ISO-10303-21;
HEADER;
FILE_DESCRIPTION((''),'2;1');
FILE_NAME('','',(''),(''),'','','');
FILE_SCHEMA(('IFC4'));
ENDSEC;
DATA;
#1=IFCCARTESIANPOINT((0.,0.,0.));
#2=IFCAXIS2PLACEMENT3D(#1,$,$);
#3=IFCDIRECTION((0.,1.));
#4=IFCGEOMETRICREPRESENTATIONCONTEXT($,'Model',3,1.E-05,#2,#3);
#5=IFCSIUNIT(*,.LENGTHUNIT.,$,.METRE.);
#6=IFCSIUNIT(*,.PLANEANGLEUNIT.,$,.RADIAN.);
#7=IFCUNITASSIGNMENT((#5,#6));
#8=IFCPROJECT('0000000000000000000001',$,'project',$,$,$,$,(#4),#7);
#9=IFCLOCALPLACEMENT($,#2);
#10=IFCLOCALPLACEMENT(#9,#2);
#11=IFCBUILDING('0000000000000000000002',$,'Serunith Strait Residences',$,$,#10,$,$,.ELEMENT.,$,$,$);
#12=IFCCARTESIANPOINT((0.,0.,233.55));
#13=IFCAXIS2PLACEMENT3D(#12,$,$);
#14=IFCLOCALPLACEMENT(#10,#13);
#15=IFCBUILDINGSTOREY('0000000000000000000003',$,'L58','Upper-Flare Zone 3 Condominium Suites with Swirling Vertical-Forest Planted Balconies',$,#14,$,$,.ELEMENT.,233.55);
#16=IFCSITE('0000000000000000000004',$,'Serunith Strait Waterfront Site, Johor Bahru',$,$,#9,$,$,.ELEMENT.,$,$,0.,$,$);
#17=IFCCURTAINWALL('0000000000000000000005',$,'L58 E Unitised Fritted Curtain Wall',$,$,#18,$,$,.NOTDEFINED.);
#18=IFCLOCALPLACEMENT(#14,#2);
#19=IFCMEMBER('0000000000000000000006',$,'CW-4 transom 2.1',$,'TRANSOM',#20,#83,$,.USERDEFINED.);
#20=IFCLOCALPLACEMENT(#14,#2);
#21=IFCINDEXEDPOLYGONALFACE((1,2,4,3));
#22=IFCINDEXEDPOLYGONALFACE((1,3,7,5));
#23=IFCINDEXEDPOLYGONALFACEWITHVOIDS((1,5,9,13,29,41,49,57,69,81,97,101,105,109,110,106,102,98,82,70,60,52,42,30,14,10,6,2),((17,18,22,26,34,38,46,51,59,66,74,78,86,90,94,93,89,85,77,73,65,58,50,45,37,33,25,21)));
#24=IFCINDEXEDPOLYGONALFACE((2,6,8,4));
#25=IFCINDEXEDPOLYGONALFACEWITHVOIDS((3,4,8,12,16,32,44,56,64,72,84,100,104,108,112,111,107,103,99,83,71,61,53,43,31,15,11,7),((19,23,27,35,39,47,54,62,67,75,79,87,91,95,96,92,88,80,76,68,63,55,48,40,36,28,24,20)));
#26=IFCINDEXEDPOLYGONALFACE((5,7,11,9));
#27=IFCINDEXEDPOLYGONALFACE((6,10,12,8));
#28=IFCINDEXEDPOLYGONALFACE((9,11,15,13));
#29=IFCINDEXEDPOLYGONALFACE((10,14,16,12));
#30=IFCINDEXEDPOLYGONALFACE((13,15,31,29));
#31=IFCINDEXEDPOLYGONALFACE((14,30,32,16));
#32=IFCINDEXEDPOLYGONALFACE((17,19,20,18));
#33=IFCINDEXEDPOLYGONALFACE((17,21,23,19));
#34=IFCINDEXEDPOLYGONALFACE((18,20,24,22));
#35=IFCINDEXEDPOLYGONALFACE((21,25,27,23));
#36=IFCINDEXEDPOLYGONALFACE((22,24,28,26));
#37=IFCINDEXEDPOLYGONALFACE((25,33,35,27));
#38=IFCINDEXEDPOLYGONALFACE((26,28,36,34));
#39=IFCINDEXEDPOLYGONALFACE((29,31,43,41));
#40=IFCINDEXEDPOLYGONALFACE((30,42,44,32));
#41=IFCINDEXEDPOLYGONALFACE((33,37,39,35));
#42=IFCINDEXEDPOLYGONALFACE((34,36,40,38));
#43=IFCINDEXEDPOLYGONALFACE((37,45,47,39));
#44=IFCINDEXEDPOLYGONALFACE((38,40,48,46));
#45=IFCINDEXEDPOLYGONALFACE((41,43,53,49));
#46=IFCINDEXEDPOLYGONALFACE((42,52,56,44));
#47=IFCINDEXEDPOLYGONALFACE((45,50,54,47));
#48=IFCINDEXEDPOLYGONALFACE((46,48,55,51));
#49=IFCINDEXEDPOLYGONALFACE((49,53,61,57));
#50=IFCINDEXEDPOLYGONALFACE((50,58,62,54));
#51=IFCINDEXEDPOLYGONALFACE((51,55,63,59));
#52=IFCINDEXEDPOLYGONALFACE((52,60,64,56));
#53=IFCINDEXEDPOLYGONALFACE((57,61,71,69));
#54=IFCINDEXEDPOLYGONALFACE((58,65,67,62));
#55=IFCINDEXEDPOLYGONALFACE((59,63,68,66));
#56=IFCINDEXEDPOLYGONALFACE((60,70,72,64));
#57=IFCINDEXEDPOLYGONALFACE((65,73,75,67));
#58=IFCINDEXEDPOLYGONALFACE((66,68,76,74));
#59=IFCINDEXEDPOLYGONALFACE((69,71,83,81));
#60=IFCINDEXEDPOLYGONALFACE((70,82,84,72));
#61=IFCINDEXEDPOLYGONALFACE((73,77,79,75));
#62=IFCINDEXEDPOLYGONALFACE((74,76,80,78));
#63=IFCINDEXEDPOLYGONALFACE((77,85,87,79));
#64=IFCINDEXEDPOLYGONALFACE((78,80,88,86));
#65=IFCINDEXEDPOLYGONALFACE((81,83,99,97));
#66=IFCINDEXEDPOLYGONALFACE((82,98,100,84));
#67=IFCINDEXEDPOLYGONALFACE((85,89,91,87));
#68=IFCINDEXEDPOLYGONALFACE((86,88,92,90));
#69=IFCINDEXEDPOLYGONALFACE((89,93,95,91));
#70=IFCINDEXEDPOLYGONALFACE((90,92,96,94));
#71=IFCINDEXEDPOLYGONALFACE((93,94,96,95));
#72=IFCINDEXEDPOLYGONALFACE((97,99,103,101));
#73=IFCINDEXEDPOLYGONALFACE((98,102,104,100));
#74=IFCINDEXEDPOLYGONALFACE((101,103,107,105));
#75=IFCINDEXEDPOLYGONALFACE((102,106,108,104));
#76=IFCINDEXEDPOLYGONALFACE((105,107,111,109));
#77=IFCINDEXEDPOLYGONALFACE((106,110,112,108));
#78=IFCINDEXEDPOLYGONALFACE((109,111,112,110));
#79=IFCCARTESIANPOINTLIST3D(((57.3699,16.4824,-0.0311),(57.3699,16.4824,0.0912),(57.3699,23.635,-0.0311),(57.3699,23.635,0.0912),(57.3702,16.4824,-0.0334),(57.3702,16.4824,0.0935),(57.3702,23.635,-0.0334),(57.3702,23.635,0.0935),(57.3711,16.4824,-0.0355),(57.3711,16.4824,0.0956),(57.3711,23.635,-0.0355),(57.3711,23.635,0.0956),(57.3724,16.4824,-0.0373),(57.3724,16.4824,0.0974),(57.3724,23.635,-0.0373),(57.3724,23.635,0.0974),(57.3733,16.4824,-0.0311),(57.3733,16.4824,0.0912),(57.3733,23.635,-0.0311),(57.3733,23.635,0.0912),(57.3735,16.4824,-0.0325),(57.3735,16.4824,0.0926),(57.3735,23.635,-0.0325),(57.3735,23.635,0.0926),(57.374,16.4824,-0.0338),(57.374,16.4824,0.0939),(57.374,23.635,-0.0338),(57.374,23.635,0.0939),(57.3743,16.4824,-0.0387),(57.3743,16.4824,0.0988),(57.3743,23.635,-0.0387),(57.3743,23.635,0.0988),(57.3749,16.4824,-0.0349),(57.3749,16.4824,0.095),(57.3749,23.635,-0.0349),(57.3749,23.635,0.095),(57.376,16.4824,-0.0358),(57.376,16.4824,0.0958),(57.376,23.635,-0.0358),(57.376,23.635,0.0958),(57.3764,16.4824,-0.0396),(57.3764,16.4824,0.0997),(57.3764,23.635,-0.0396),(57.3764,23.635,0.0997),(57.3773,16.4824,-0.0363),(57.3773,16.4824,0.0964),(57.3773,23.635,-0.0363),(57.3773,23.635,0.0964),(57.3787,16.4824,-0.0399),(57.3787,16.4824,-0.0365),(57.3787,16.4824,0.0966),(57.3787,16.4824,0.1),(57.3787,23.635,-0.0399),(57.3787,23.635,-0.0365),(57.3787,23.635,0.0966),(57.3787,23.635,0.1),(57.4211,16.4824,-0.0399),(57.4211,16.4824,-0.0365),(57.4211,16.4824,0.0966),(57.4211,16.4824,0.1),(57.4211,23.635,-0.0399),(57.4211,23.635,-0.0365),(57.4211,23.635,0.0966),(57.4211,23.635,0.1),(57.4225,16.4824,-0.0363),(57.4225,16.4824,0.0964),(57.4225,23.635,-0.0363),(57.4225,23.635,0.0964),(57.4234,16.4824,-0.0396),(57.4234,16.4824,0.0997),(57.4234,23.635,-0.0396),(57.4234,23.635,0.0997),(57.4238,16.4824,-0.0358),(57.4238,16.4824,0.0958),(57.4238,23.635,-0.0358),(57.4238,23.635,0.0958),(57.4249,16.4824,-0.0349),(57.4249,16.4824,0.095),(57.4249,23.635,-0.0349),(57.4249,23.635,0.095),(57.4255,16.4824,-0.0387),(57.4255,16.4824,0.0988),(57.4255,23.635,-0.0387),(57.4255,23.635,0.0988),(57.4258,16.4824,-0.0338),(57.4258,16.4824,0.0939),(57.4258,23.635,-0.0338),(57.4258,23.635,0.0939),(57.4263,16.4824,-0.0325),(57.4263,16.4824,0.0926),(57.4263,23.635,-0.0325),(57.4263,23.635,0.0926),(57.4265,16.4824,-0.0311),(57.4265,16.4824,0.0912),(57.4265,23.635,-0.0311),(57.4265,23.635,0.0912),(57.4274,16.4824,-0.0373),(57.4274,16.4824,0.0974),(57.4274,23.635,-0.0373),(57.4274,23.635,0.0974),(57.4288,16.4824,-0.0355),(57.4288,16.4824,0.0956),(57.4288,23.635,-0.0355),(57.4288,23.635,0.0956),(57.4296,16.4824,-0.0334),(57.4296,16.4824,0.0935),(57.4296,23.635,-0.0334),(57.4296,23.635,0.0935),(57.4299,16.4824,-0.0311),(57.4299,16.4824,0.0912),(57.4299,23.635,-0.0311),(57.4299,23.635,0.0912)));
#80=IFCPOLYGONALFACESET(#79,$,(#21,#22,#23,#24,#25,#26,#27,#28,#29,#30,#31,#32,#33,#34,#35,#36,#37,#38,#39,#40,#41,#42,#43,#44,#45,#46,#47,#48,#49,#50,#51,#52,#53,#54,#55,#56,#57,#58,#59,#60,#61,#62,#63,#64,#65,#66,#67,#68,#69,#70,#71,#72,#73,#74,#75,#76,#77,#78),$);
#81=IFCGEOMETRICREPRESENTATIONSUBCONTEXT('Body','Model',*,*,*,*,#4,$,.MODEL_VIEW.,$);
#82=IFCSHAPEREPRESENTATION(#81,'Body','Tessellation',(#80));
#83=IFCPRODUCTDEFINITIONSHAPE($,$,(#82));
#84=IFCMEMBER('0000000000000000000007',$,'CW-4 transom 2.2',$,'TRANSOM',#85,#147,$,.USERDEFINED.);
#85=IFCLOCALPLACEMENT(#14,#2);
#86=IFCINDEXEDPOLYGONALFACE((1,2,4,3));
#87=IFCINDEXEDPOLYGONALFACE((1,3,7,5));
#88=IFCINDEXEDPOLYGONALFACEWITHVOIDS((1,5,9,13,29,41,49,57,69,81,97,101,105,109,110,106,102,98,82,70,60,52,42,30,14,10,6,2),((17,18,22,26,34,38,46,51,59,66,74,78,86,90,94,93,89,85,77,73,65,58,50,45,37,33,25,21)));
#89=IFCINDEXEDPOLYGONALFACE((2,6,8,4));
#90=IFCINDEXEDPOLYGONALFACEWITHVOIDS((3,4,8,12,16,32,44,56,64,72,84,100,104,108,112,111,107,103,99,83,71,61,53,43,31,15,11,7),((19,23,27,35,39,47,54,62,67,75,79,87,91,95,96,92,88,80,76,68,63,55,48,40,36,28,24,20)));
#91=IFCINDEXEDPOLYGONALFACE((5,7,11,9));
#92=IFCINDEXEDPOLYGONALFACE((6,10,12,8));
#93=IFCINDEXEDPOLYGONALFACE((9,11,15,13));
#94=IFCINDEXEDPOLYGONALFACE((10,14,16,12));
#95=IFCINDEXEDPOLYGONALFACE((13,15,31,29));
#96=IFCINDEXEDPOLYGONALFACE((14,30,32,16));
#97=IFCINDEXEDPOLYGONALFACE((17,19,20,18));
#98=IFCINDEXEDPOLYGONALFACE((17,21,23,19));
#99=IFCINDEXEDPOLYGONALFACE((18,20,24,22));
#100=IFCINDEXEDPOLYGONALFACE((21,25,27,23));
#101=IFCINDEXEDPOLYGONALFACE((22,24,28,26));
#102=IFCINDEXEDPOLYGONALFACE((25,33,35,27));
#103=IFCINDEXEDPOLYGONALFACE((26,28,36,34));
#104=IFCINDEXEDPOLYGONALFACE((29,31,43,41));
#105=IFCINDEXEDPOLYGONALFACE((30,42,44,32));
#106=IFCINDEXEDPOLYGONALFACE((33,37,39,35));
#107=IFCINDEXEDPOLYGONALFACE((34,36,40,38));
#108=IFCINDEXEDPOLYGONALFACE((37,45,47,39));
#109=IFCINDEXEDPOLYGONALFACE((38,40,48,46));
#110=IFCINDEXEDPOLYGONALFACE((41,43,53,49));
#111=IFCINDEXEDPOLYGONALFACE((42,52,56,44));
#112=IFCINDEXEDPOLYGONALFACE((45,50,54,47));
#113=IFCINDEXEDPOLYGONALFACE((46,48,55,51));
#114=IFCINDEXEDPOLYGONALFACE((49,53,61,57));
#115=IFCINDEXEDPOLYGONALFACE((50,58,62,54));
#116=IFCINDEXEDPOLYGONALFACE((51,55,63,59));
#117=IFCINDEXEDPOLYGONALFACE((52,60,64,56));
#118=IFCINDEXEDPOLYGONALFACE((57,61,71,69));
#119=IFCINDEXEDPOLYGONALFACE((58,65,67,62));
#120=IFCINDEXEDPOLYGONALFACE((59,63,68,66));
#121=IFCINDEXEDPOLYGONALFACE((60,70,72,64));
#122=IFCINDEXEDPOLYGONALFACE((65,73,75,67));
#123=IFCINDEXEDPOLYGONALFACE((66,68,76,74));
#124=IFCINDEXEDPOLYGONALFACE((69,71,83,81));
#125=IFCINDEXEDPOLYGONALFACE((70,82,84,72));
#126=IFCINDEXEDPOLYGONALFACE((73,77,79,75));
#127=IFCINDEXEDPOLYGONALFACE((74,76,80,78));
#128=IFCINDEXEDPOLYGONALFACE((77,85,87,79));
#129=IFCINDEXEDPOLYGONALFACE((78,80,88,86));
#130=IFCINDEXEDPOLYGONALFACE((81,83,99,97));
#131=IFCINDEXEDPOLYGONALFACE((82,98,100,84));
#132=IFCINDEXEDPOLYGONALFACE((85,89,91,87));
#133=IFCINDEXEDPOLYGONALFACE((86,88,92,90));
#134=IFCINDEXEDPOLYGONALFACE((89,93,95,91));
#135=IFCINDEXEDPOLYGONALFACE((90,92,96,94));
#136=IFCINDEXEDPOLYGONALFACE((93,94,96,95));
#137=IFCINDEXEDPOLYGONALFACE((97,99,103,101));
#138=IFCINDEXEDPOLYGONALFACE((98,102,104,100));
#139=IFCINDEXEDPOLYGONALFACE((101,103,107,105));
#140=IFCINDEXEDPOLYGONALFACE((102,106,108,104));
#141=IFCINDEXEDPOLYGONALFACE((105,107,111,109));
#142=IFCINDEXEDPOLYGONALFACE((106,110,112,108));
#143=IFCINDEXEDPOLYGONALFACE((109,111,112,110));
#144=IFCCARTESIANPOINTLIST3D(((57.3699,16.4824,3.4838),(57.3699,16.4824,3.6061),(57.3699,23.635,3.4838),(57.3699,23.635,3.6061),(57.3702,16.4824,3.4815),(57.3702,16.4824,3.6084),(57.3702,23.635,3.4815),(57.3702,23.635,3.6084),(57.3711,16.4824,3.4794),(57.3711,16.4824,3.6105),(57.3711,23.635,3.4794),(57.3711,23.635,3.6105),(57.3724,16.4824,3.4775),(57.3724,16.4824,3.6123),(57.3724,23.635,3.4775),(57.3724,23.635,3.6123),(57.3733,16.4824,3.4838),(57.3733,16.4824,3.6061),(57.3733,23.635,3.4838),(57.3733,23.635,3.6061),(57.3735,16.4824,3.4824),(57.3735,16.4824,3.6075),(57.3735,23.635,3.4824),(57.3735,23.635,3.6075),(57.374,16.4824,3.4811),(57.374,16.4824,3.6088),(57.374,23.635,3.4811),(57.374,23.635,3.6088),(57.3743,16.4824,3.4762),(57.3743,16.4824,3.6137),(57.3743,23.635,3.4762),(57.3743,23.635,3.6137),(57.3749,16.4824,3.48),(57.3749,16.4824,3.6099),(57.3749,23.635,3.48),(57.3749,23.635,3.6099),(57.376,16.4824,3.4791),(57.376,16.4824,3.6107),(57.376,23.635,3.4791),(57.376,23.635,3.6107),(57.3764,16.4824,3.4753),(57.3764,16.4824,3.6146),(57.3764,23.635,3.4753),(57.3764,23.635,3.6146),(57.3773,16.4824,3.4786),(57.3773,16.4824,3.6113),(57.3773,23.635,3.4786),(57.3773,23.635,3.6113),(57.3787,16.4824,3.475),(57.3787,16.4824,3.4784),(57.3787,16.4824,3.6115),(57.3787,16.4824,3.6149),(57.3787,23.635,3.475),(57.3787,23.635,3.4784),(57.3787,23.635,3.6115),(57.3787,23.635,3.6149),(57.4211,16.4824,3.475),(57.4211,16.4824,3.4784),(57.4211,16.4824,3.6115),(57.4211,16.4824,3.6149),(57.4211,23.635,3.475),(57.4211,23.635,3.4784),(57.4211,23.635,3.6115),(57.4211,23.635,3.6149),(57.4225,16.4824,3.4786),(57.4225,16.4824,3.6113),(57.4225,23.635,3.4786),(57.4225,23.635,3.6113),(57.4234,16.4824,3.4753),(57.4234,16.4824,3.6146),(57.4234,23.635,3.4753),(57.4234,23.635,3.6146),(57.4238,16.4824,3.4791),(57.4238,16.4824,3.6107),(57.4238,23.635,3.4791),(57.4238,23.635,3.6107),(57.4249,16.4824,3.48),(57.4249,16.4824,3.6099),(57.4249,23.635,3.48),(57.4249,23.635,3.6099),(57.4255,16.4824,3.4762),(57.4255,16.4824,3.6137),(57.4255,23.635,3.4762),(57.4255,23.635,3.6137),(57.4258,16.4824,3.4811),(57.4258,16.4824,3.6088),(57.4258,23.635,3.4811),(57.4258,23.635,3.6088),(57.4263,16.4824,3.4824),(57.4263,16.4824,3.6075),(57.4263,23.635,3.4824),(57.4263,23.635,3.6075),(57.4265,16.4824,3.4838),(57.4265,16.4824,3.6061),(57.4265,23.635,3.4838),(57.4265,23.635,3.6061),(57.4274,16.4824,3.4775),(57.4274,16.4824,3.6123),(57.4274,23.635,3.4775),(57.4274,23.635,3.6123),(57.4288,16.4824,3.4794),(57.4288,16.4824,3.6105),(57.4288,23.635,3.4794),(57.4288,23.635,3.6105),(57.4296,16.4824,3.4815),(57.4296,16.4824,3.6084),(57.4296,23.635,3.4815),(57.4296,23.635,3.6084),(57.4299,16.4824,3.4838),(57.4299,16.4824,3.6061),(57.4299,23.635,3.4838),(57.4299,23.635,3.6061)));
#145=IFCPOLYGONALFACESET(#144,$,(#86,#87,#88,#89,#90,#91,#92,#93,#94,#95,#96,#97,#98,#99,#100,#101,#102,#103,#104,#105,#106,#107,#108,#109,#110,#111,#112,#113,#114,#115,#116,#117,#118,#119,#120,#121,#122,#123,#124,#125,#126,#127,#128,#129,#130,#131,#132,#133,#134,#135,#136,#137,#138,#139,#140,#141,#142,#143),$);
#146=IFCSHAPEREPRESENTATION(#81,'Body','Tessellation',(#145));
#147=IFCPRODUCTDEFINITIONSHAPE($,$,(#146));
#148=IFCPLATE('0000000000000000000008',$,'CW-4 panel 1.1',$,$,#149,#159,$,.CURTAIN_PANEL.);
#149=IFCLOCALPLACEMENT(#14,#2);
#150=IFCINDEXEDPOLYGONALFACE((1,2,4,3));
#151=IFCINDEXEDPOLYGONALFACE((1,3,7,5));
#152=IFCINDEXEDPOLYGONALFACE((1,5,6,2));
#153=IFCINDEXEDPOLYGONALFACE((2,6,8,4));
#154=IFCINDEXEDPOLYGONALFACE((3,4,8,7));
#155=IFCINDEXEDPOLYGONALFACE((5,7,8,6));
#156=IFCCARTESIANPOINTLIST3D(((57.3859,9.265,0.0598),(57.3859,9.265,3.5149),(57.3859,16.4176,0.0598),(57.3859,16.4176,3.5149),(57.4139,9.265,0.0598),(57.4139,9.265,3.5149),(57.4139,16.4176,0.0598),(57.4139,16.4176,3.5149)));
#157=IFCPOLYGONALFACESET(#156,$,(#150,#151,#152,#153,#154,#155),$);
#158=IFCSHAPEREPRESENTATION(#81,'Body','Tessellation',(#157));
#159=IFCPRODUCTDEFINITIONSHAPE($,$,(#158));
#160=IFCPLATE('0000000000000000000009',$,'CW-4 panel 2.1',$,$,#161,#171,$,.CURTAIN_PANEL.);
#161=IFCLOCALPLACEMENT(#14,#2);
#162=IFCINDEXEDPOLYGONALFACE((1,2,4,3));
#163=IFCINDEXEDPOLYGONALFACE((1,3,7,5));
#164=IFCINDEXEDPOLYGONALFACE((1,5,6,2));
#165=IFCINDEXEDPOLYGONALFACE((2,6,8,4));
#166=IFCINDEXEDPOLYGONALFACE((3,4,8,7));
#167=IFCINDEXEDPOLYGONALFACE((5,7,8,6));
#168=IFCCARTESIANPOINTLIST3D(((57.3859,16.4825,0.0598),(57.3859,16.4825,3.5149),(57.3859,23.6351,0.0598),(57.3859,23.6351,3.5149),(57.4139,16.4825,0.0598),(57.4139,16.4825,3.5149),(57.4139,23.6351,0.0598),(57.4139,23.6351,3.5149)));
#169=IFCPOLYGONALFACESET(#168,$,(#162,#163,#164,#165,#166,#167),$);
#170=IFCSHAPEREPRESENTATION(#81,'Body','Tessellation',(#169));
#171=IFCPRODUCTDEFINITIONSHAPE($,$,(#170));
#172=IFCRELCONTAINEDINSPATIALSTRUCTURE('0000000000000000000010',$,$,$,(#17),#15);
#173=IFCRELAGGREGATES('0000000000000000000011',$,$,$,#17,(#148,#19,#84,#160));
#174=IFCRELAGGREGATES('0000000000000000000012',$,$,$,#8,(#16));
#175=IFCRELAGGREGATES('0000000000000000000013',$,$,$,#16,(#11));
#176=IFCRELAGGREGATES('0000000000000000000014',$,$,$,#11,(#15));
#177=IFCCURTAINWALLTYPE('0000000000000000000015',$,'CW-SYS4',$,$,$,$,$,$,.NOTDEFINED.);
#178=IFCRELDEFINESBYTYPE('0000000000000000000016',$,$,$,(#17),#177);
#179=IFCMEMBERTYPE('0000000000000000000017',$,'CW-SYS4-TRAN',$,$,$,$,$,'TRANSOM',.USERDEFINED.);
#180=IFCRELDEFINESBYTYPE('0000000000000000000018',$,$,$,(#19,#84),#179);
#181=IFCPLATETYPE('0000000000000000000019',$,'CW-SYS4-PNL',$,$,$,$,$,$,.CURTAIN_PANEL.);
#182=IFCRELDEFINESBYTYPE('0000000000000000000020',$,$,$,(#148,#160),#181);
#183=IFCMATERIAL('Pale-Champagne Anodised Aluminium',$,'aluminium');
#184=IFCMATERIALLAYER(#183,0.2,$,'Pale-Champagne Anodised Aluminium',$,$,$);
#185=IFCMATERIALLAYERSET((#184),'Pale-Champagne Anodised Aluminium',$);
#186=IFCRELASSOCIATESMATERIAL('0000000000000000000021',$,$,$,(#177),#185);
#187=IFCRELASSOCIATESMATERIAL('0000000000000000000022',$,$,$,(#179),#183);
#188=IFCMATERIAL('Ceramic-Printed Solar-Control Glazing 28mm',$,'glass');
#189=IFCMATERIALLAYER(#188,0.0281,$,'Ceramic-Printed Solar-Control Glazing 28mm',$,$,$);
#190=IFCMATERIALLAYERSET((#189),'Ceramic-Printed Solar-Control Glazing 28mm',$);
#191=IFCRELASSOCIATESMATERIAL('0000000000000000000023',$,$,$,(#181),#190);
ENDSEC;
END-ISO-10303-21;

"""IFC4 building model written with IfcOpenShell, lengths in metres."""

from ifc_helpers import new_model, si_unit, direction, frame, origin, origin_2d, place, context, subcontext, project, spatial, rectangle, hollow_rectangle, extrude, source, transform, mapped, material, layer, layer_set, material_profile, profile_set, type_object, element, aggregate, save


model = new_model("IFC4")

# Units and contexts
model_context = context("Model", 3, precision=1e-05, world=origin(), true_north=direction((0.0, 1.0)))
body_context = subcontext(model_context, "Body", "Model", "MODEL_VIEW")
ifc_project = project(units=[si_unit("LENGTHUNIT", "METRE"), si_unit("PLANEANGLEUNIT", "RADIAN")], contexts=[model_context])

# Site, building, storey
site_placement = place(None, origin())
site = spatial("IfcSite", under=ifc_project, at=site_placement, Name="Serunith Strait Waterfront Site, Johor Bahru", CompositionType="ELEMENT", RefElevation=0.0)
building_placement = place(site_placement, origin())
building = spatial("IfcBuilding", under=site, at=building_placement, Name="Serunith Strait Residences", CompositionType="ELEMENT")
storey_placement = place(building_placement, frame((0.0, 0.0, 233.55)))
storey = spatial("IfcBuildingStorey", under=building, at=storey_placement, Name="L58", Description="Upper-Flare Zone 3 Condominium Suites with Swirling Vertical-Forest Planted Balconies", CompositionType="ELEMENT", Elevation=233.55)

# Curtain wall, members, plates
ifc_material_1 = material(Name="Pale-Champagne Anodised Aluminium", Category="aluminium")
ifc_layer_1 = layer(ifc_material_1, 0.2, Name="Pale-Champagne Anodised Aluminium")
ifc_layer_set_1 = layer_set([ifc_layer_1], Name="Pale-Champagne Anodised Aluminium")
curtain_wall_type = type_object("IfcCurtainWallType", Name="CW-SYS4", PredefinedType="NOTDEFINED", material=ifc_layer_set_1)
curtain_wall_placement = place(storey_placement, origin())
curtain_wall = element("IfcCurtainWall", 1, at=curtain_wall_placement, inside=storey, type_object=curtain_wall_type, Name="L58 E Unitised Fritted Curtain Wall", PredefinedType="NOTDEFINED")
ifc_material_profile_1 = material_profile(ifc_material_1, hollow_rectangle(XDim=0.0601, YDim=0.1399, WallThickness=0.0034, InnerFilletRadius=0.0054, OuterFilletRadius=0.0088, at=origin_2d()), Name="ALU 140x60x3.5")
ifc_profile_set_1 = profile_set([ifc_material_profile_1], Name="Pale-Champagne Anodised Aluminium")
member_type_1 = type_object("IfcMemberType", Name="CW-SYS4-TRAN", ElementType="TRANSOM", PredefinedType="USERDEFINED", material=ifc_profile_set_1)
shared_shape_1 = source(origin(), body_context, "Body", "SweptSolid", [
    extrude(hollow_rectangle(XDim=0.0601, YDim=0.1399, WallThickness=0.0034, InnerFilletRadius=0.0054, OuterFilletRadius=0.0088, at=origin_2d()), origin(), (0.0, 0.0, 1.0), 7.1526),
])
member_1_placement = place(storey_placement, frame((57.3999, 16.4824, 0.03), z_axis=(0.0, 1.0, 0.0), x_axis=(-1.0, 0.0, 0.0)))
member_1 = element("IfcMember", 2, at=member_1_placement, type_object=member_type_1, Name="CW-4 transom 2.1", ObjectType="TRANSOM", PredefinedType="USERDEFINED", context=body_context, shape_type="MappedRepresentation", body=[
    mapped(shared_shape_1, transform((0.0, 0.0, 0.0), scale=1.0)),
])
member_2_placement = place(storey_placement, frame((57.3999, 16.4824, 3.5449), z_axis=(0.0, 1.0, 0.0), x_axis=(-1.0, 0.0, 0.0)))
member_2 = element("IfcMember", 3, at=member_2_placement, type_object=member_type_1, Name="CW-4 transom 2.2", ObjectType="TRANSOM", PredefinedType="USERDEFINED", context=body_context, shape_type="MappedRepresentation", body=[
    mapped(shared_shape_1, transform((0.0, 0.0, 0.0), scale=1.0)),
])
ifc_material_2 = material(Name="Ceramic-Printed Solar-Control Glazing 28mm", Category="glass")
ifc_layer_2 = layer(ifc_material_2, 0.0281, Name="Ceramic-Printed Solar-Control Glazing 28mm")
ifc_layer_set_2 = layer_set([ifc_layer_2], Name="Ceramic-Printed Solar-Control Glazing 28mm")
plate_type = type_object("IfcPlateType", Name="CW-SYS4-PNL", PredefinedType="CURTAIN_PANEL", material=ifc_layer_set_2)
shared_shape_2 = source(origin(), body_context, "Body", "SweptSolid", [
    extrude(rectangle(XDim=7.1526, YDim=0.0281, at=origin_2d()), origin(), (0.0, 0.0, 1.0), 3.4551),
])
plate_1_placement = place(storey_placement, frame((57.3999, 12.8413, 0.0598), z_axis=(0.0, 0.0, 1.0), x_axis=(0.0, 1.0, 0.0)))
plate_1 = element("IfcPlate", 4, at=plate_1_placement, type_object=plate_type, Name="CW-4 panel 1.1", PredefinedType="CURTAIN_PANEL", context=body_context, shape_type="MappedRepresentation", body=[
    mapped(shared_shape_2, transform((0.0, 0.0, 0.0), scale=1.0)),
])
plate_2_placement = place(storey_placement, frame((57.3999, 20.0588, 0.0598), z_axis=(0.0, 0.0, 1.0), x_axis=(0.0, 1.0, 0.0)))
plate_2 = element("IfcPlate", 5, at=plate_2_placement, type_object=plate_type, Name="CW-4 panel 2.1", PredefinedType="CURTAIN_PANEL", context=body_context, shape_type="MappedRepresentation", body=[
    mapped(shared_shape_2, transform((0.0, 0.0, 0.0), scale=1.0)),
])
aggregate(curtain_wall, [plate_1, member_1, member_2, plate_2])

save(model, "model.ifc")
